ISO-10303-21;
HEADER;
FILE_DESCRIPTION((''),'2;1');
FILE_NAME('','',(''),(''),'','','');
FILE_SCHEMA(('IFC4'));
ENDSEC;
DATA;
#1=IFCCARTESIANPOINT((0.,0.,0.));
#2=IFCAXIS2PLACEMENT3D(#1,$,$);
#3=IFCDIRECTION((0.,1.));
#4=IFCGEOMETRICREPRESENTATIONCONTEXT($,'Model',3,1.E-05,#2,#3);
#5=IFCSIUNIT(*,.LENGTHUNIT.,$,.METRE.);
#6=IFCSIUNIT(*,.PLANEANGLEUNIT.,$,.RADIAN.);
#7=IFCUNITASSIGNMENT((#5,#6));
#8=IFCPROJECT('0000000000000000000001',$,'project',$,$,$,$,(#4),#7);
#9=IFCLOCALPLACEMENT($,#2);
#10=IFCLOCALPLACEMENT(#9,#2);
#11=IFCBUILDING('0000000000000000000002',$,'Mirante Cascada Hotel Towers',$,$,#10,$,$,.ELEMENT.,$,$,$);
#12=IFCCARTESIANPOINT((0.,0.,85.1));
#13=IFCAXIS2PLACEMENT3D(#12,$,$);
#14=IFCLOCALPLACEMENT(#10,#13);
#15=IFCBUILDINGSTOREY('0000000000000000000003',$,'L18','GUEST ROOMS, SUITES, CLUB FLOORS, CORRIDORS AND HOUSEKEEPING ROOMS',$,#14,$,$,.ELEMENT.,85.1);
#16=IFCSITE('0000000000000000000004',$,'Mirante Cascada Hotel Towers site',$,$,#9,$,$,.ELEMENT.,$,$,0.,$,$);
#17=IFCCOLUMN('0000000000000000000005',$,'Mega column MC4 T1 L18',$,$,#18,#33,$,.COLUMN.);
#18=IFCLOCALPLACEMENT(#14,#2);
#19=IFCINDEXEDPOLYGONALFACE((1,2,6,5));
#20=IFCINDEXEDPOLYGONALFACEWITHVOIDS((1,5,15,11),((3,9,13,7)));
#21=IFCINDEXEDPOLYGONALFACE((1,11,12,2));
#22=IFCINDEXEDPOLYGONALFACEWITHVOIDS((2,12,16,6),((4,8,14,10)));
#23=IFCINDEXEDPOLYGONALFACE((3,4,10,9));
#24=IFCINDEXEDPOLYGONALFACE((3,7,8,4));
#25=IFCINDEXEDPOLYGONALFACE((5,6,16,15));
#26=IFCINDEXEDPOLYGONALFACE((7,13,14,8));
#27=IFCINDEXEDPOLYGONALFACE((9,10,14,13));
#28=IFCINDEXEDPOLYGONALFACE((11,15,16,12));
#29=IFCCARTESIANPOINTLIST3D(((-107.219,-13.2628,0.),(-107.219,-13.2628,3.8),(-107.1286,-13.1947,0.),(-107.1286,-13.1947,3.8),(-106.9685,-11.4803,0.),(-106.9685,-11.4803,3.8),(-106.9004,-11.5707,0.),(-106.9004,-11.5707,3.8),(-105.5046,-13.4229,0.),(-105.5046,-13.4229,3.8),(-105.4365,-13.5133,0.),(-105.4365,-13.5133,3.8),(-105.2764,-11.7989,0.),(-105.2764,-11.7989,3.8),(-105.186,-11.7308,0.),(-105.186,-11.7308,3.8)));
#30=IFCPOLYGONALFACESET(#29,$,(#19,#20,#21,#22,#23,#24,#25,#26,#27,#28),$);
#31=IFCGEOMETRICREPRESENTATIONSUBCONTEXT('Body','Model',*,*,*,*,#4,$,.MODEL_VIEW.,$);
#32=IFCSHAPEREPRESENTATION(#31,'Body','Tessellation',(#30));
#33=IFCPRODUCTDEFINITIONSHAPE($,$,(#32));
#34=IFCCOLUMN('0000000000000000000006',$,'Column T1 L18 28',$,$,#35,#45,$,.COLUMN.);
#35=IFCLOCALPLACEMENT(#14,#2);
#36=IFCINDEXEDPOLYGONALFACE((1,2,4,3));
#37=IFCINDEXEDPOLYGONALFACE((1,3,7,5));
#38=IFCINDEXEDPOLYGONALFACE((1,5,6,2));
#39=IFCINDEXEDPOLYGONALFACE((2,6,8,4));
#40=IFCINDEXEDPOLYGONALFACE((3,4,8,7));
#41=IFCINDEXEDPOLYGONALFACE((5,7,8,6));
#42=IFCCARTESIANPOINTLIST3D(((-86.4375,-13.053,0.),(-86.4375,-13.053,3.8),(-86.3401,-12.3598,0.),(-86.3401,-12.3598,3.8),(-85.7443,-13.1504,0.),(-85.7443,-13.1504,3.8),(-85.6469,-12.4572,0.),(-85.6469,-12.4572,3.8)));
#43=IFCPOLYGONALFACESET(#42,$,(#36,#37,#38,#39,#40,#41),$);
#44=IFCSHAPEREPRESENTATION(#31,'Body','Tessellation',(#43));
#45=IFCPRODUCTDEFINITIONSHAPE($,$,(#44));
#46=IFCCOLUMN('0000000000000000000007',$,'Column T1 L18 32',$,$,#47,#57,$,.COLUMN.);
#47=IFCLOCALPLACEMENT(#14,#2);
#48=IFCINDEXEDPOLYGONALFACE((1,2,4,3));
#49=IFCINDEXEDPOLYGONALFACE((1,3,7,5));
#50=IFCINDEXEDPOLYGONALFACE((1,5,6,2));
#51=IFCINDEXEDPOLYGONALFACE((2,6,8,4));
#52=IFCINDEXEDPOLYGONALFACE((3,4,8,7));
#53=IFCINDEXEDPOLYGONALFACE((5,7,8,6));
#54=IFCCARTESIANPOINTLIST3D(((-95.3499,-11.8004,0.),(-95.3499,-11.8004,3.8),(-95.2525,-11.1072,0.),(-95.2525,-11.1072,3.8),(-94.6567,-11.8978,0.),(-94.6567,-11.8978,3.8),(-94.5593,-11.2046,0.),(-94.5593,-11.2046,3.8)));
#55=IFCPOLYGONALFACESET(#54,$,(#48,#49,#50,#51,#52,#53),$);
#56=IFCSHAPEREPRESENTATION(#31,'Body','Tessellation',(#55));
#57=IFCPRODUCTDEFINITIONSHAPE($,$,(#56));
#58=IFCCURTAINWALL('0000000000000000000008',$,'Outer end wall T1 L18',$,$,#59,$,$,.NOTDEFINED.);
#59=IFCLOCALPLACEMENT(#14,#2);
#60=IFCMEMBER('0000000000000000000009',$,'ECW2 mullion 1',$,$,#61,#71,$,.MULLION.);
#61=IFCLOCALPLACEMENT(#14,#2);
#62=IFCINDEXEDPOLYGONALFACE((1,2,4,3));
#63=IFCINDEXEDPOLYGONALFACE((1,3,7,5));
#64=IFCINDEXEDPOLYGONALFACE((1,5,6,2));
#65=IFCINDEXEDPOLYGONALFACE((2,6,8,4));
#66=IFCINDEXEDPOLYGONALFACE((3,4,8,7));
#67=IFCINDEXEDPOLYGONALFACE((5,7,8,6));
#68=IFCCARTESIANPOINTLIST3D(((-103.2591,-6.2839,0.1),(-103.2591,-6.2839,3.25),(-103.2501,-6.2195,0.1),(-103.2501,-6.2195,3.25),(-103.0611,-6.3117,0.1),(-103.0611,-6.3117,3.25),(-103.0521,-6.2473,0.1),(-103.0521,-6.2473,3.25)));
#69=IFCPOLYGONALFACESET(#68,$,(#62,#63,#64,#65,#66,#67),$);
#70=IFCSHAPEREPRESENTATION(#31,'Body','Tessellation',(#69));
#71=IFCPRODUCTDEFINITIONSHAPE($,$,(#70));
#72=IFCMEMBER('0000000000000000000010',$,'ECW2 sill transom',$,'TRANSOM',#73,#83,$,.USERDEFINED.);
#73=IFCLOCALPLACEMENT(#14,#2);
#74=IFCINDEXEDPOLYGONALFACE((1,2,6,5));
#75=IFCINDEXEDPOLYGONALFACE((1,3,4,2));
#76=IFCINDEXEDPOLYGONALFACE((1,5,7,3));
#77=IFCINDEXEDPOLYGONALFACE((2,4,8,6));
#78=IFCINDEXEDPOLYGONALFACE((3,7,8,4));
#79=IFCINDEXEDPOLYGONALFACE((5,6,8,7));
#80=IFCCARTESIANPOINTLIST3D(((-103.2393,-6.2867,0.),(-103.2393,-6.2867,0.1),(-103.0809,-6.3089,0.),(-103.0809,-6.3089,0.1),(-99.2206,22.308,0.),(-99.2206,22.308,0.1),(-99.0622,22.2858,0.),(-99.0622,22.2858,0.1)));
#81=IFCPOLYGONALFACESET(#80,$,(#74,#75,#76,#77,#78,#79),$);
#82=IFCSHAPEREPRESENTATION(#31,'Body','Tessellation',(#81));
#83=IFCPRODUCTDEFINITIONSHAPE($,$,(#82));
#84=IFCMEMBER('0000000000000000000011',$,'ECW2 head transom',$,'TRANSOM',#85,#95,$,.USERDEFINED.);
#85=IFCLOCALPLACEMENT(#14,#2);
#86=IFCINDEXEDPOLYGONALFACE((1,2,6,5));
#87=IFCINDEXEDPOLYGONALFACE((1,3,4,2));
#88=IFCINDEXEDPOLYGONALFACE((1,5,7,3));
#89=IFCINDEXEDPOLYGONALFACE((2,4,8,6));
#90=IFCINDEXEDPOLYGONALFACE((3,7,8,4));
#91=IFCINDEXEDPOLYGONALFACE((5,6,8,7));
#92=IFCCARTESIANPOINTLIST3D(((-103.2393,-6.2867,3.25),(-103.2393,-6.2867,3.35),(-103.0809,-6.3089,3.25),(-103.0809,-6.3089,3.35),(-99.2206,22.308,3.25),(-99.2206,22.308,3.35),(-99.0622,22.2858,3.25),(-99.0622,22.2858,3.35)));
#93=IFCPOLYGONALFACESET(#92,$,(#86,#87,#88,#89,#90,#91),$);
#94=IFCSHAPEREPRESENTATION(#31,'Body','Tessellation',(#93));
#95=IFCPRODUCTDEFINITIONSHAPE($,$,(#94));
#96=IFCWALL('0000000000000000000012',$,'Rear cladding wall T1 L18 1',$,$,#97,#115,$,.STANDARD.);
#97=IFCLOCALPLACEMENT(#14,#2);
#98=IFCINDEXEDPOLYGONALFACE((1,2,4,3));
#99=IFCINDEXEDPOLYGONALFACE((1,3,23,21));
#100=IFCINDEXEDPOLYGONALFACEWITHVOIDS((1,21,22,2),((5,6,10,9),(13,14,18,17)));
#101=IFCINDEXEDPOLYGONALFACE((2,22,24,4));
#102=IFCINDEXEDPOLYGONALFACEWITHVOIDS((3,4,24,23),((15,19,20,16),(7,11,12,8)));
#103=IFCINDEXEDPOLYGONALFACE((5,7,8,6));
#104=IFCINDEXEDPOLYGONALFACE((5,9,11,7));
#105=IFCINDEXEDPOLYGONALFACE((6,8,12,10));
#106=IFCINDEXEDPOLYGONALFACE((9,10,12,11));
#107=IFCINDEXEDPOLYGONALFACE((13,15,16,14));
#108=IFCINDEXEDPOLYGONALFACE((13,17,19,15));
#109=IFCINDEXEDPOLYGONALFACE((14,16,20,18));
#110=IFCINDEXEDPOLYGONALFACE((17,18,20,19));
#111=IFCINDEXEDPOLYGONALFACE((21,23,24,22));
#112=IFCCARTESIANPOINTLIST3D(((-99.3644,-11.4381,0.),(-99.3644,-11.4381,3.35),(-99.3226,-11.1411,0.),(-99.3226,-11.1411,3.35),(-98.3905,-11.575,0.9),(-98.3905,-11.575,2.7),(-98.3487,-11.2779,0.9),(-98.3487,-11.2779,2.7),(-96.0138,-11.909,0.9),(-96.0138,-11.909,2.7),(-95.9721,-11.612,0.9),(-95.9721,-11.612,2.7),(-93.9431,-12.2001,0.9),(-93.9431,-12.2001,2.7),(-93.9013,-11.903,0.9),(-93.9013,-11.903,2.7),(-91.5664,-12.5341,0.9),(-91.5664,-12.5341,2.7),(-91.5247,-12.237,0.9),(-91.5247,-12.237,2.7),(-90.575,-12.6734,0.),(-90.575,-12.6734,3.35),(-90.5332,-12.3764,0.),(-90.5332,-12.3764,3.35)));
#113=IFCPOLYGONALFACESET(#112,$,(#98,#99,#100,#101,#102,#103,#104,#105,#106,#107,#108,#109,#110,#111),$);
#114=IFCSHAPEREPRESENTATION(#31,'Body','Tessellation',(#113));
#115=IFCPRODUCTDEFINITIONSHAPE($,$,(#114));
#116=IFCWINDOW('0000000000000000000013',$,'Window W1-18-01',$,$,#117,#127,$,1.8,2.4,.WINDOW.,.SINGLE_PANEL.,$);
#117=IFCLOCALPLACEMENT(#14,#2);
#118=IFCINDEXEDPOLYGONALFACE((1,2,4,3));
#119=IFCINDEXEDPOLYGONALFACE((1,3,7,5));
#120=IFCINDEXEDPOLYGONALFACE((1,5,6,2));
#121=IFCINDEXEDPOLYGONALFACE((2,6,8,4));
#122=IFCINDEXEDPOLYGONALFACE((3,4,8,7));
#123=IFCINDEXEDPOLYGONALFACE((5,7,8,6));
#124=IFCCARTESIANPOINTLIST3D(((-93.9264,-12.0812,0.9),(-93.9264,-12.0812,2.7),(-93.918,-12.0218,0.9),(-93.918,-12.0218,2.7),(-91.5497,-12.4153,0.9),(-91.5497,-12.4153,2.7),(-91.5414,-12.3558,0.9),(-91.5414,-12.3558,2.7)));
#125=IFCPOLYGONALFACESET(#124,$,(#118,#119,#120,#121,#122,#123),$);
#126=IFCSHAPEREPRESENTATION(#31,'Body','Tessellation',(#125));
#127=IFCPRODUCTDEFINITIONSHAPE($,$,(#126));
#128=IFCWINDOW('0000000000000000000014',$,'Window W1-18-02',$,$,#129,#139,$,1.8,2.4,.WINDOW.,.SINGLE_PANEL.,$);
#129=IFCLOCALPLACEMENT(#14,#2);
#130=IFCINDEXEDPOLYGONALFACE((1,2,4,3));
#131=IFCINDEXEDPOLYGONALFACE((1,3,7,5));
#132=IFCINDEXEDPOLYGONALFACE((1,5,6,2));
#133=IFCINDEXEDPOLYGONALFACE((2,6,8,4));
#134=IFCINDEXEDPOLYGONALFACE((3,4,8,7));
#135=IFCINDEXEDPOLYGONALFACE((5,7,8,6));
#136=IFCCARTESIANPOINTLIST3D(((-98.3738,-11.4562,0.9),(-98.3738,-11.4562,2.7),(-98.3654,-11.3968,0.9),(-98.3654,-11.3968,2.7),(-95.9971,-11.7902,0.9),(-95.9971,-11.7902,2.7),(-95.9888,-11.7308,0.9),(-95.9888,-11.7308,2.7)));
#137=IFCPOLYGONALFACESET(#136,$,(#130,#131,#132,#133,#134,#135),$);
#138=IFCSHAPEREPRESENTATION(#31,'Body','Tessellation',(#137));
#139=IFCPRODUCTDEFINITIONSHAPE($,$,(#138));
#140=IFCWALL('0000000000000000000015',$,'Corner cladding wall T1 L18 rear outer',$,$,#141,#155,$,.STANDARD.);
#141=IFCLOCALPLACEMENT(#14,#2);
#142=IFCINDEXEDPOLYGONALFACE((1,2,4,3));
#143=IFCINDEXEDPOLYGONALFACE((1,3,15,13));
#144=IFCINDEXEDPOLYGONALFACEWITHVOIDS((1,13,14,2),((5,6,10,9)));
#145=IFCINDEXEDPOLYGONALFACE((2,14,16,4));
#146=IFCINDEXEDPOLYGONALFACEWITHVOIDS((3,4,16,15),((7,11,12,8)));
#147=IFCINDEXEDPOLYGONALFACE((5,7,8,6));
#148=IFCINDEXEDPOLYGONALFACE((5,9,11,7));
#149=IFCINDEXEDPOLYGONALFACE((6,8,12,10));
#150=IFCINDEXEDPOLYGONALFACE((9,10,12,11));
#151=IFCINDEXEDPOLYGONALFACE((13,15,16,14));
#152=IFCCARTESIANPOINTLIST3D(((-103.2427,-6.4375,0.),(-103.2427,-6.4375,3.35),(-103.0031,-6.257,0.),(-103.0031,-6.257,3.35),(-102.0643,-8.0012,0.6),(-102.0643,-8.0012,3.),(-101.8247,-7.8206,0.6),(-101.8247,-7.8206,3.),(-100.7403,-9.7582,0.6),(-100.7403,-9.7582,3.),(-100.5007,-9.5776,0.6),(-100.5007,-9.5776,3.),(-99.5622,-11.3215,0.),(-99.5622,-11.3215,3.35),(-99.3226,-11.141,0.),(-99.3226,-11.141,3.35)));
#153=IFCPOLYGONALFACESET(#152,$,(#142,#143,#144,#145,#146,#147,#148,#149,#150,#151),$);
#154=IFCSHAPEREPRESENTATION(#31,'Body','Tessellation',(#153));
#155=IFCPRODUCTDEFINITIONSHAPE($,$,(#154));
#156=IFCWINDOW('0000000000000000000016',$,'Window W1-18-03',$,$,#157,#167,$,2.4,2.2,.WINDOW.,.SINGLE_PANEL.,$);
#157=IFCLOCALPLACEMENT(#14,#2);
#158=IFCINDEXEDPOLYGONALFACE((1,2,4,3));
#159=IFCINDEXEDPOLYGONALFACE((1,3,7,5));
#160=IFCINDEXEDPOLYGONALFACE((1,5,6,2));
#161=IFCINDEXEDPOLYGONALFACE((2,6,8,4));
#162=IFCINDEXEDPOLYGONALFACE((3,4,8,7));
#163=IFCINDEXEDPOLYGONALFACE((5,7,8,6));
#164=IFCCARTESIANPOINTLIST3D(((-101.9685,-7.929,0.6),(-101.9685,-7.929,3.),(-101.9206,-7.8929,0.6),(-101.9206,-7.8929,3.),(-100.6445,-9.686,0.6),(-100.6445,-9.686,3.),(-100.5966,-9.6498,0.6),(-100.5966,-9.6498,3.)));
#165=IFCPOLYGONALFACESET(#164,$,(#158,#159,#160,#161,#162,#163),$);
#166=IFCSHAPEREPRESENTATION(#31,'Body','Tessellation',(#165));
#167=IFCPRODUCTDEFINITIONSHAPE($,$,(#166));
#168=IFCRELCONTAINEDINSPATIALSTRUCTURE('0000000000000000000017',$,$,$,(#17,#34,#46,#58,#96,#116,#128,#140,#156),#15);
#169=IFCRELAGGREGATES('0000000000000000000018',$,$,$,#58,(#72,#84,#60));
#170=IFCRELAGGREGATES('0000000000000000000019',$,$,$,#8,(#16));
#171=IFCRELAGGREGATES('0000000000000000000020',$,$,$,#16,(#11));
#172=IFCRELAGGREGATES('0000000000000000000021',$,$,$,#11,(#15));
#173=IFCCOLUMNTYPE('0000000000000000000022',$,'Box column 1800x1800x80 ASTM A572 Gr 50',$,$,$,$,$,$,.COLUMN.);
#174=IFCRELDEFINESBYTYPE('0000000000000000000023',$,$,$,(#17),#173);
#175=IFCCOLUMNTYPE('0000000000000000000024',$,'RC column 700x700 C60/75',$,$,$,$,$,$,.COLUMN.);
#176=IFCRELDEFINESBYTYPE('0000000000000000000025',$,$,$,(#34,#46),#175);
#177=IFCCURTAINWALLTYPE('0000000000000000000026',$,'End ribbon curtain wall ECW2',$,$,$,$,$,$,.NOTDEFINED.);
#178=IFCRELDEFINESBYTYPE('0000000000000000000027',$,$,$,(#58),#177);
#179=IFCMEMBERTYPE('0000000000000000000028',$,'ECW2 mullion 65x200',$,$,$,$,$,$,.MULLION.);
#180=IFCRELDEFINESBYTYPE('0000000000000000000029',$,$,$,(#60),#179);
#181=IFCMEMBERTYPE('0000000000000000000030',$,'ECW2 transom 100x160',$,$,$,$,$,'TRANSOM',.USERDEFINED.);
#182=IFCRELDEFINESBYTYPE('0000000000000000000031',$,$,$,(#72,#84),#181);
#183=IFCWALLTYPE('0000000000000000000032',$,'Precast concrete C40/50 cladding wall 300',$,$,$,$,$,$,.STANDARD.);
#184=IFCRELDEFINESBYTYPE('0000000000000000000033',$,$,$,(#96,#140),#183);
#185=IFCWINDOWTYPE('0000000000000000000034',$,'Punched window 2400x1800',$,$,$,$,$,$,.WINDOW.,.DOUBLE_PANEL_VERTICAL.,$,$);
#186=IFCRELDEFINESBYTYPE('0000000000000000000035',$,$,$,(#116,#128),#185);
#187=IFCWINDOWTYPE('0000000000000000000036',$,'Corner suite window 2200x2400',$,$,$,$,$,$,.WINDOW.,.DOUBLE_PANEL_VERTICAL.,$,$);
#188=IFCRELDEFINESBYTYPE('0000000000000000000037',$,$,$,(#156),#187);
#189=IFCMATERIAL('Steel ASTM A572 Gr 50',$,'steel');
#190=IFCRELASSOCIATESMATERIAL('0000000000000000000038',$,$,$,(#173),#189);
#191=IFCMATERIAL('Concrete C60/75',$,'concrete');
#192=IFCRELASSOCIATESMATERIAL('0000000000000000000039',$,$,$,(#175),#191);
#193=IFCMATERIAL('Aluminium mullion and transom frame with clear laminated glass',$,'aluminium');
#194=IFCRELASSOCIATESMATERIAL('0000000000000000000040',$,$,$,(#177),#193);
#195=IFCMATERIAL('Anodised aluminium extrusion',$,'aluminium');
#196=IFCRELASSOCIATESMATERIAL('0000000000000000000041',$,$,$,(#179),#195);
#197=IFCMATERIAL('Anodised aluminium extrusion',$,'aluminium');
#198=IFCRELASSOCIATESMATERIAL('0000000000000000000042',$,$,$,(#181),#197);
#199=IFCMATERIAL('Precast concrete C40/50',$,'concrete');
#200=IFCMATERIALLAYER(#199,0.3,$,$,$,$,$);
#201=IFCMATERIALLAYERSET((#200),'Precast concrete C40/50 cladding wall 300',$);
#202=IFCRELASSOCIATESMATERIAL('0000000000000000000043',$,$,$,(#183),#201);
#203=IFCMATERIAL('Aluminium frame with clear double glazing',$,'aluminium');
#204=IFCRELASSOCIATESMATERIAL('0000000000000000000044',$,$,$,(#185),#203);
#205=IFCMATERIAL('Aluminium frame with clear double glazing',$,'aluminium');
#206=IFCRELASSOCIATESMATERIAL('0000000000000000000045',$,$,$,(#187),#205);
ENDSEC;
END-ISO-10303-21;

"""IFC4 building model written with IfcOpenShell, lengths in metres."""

from ifc_helpers import new_model, si_unit, direction, frame, frame_2d, origin, origin_2d, place, context, subcontext, project, spatial, rectangle, hollow_rectangle, extrude, material, layer, layer_set, material_profile, profile_set, type_object, element, fill, aggregate, save


model = new_model("IFC4")

# Units and contexts
model_context = context("Model", 3, precision=1e-05, world=origin(), true_north=direction((0.0, 1.0)))
body_context = subcontext(model_context, "Body", "Model", "MODEL_VIEW")
ifc_project = project(units=[si_unit("LENGTHUNIT", "METRE"), si_unit("PLANEANGLEUNIT", "RADIAN")], contexts=[model_context])

# Site, building, storey
site_placement = place(None, origin())
site = spatial("IfcSite", under=ifc_project, at=site_placement, Name="Mirante Cascada Hotel Towers site", CompositionType="ELEMENT", RefElevation=0.0)
building_placement = place(site_placement, origin())
building = spatial("IfcBuilding", under=site, at=building_placement, Name="Mirante Cascada Hotel Towers", CompositionType="ELEMENT")
storey_placement = place(building_placement, frame((0.0, 0.0, 85.1)))
storey = spatial("IfcBuildingStorey", under=building, at=storey_placement, Name="L18", Description="GUEST ROOMS, SUITES, CLUB FLOORS, CORRIDORS AND HOUSEKEEPING ROOMS", CompositionType="ELEMENT", Elevation=85.1)

# Columns
ifc_material_1 = material(Name="Steel ASTM A572 Gr 50", Category="steel")
ifc_material_profile_1 = material_profile(ifc_material_1, hollow_rectangle(XDim=1.8, YDim=1.8, WallThickness=0.08, at=origin_2d()), Name="Box column 1800x1800x80 ASTM A572 Gr 50")
ifc_profile_set_1 = profile_set([ifc_material_profile_1], Name="Steel ASTM A572 Gr 50")
column_type_1 = type_object("IfcColumnType", Name="Box column 1800x1800x80 ASTM A572 Gr 50", PredefinedType="COLUMN", material=ifc_profile_set_1)
column_placement = place(storey_placement, frame((-106.2025, -12.4968, 0.0), z_axis=(0.0, 0.0, 1.0), x_axis=(-0.990268, 0.139173, 0.0)))
element("IfcColumn", 1, at=column_placement, inside=storey, type_object=column_type_1, Name="Mega column MC4 T1 L18", PredefinedType="COLUMN", context=body_context, shape_type="SweptSolid", body=[
    extrude(hollow_rectangle(XDim=1.8, YDim=1.8, WallThickness=0.08, at=origin_2d()), origin(), (0.0, 0.0, 1.0), 3.8),
])
ifc_material_2 = material(Name="Concrete C60/75", Category="concrete")
ifc_material_profile_2 = material_profile(ifc_material_2, rectangle(XDim=0.7, YDim=0.7, at=origin_2d()), Name="RC column 700x700 C60/75")
ifc_profile_set_2 = profile_set([ifc_material_profile_2], Name="Concrete C60/75")
column_type_2 = type_object("IfcColumnType", Name="RC column 700x700 C60/75", PredefinedType="COLUMN", material=ifc_profile_set_2)
for number, where, z_axis, x_axis, name in (
    (2, (-86.0422, -12.7551, 0.0), (0.0, 0.0, 1.0), (-0.990268, 0.139173, 0.0), "Column T1 L18 28"),
    (3, (-94.9546, -11.5025, 0.0), (0.0, 0.0, 1.0), (-0.990268, 0.139173, 0.0), "Column T1 L18 32"),
):
    element("IfcColumn", number, at=place(storey_placement, frame(where, z_axis=z_axis, x_axis=x_axis)), inside=storey, type_object=column_type_2, Name=name, PredefinedType="COLUMN", context=body_context, shape_type="SweptSolid", body=[
        extrude(rectangle(XDim=0.7, YDim=0.7, at=origin_2d()), origin(), (0.0, 0.0, 1.0), 3.8),
    ])

# Curtain wall, members
ifc_material_3 = material(Name="Aluminium mullion and transom frame with clear laminated glass", Category="aluminium")
curtain_wall_type = type_object("IfcCurtainWallType", Name="End ribbon curtain wall ECW2", PredefinedType="NOTDEFINED", material=ifc_material_3)
curtain_wall_placement = place(storey_placement, origin())
curtain_wall = element("IfcCurtainWall", 4, at=curtain_wall_placement, inside=storey, type_object=curtain_wall_type, Name="Outer end wall T1 L18", PredefinedType="NOTDEFINED")
ifc_material_4 = material(Name="Anodised aluminium extrusion", Category="aluminium")
ifc_material_profile_3 = material_profile(ifc_material_4, rectangle(XDim=0.2, YDim=0.065, at=origin_2d()), Name="ECW2 MULLION 65x200")
ifc_profile_set_3 = profile_set([ifc_material_profile_3], Name="Anodised aluminium extrusion")
member_type_1 = type_object("IfcMemberType", Name="ECW2 mullion 65x200", PredefinedType="MULLION", material=ifc_profile_set_3)
member_1_placement = place(storey_placement, frame((-103.1556, -6.2656, 0.1), z_axis=(0.0, 0.0, 1.0), x_axis=(-0.990268, 0.139173, 0.0)))
member_1 = element("IfcMember", 5, at=member_1_placement, type_object=member_type_1, Name="ECW2 mullion 1", PredefinedType="MULLION", context=body_context, shape_type="SweptSolid", body=[
    extrude(rectangle(XDim=0.2, YDim=0.065, at=origin_2d()), origin(), (0.0, 0.0, 1.0), 3.15),
])
ifc_material_5 = material(Name="Anodised aluminium extrusion", Category="aluminium")
ifc_material_profile_4 = material_profile(ifc_material_5, rectangle(XDim=0.16, YDim=0.1, at=origin_2d()), Name="ECW2 TRANSOM 100x160")
ifc_profile_set_4 = profile_set([ifc_material_profile_4], Name="Anodised aluminium extrusion")
member_type_2 = type_object("IfcMemberType", Name="ECW2 transom 100x160", ElementType="TRANSOM", PredefinedType="USERDEFINED", material=ifc_profile_set_4)
member_2_placement = place(storey_placement, frame((-103.1601, -6.2978, 0.05), z_axis=(0.139172, 0.990268, 0.0), x_axis=(-0.990268, 0.139172, 0.0)))
member_2 = element("IfcMember", 6, at=member_2_placement, type_object=member_type_2, Name="ECW2 sill transom", ObjectType="TRANSOM", PredefinedType="USERDEFINED", context=body_context, shape_type="SweptSolid", body=[
    extrude(rectangle(XDim=0.16, YDim=0.1, at=origin_2d()), origin(), (0.0, 0.0, 1.0), 28.8757),
])
member_3_placement = place(storey_placement, frame((-103.1601, -6.2978, 3.3), z_axis=(0.139172, 0.990268, 0.0), x_axis=(-0.990268, 0.139172, 0.0)))
member_3 = element("IfcMember", 7, at=member_3_placement, type_object=member_type_2, Name="ECW2 head transom", ObjectType="TRANSOM", PredefinedType="USERDEFINED", context=body_context, shape_type="SweptSolid", body=[
    extrude(rectangle(XDim=0.16, YDim=0.1, at=origin_2d()), origin(), (0.0, 0.0, 1.0), 28.8757),
])
aggregate(curtain_wall, [member_2, member_3, member_1])

# Wall, openings, windows
ifc_material_6 = material(Name="Precast concrete C40/50", Category="concrete")
ifc_layer_1 = layer(ifc_material_6, 0.3)
ifc_layer_set_1 = layer_set([ifc_layer_1], Name="Precast concrete C40/50 cladding wall 300")
wall_type_1 = type_object("IfcWallType", Name="Precast concrete C40/50 cladding wall 300", PredefinedType="STANDARD", material=ifc_layer_set_1)
wall_1_placement = place(storey_placement, frame((-90.5541, -12.5249, 0.0), z_axis=(0.0, 0.0, 1.0), x_axis=(-0.990268, 0.139177, 0.0)))
wall_1 = element("IfcWall", 8, at=wall_1_placement, inside=storey, type_object=wall_type_1, Name="Rear cladding wall T1 L18 1", PredefinedType="STANDARD", context=body_context, shape_type="SweptSolid", body=[
    extrude(rectangle(XDim=8.8758, YDim=0.3, at=frame_2d((4.4379, 0.0))), origin(), (0.0, 0.0, 1.0), 3.35),
])
opening_1_placement = place(wall_1_placement, frame((1.0012, 0.0, 0.9)))
opening_1 = element("IfcOpeningElement", 9, at=opening_1_placement, cuts=wall_1, PredefinedType="OPENING", context=body_context, shape_type="SweptSolid", body=[
    extrude(rectangle(XDim=2.4, YDim=1.8, at=frame_2d((1.2, 0.9))), frame((0.0, 0.15, 0.0), z_axis=(0.0, -1.0, 0.0), x_axis=(1.0, 0.0, 0.0)), (0.0, 0.0, 1.0), 0.3),
])
opening_2_placement = place(wall_1_placement, frame((5.4923, 0.0, 0.9)))
opening_2 = element("IfcOpeningElement", 10, at=opening_2_placement, cuts=wall_1, PredefinedType="OPENING", context=body_context, shape_type="SweptSolid", body=[
    extrude(rectangle(XDim=2.4, YDim=1.8, at=frame_2d((1.2, 0.9))), frame((0.0, 0.15, 0.0), z_axis=(0.0, -1.0, 0.0), x_axis=(1.0, 0.0, 0.0)), (0.0, 0.0, 1.0), 0.3),
])
ifc_material_7 = material(Name="Aluminium frame with clear double glazing", Category="aluminium")
window_type_1 = type_object("IfcWindowType", Name="Punched window 2400x1800", PartitioningType="DOUBLE_PANEL_VERTICAL", PredefinedType="WINDOW", material=ifc_material_7)
window_1_placement = place(opening_1_placement, origin())
window_1 = element("IfcWindow", 11, at=window_1_placement, inside=storey, type_object=window_type_1, Name="Window W1-18-01", OverallHeight=1.8, OverallWidth=2.4, PartitioningType="SINGLE_PANEL", PredefinedType="WINDOW", context=body_context, shape_type="SweptSolid", body=[
    extrude(rectangle(XDim=2.4, YDim=1.8, at=frame_2d((1.2, 0.9))), frame((0.0, 0.03, 0.0), z_axis=(0.0, -1.0, 0.0), x_axis=(1.0, 0.0, 0.0)), (0.0, 0.0, 1.0), 0.06),
])
fill(opening_1, window_1)
window_2_placement = place(opening_2_placement, origin())
window_2 = element("IfcWindow", 12, at=window_2_placement, inside=storey, type_object=window_type_1, Name="Window W1-18-02", OverallHeight=1.8, OverallWidth=2.4, PartitioningType="SINGLE_PANEL", PredefinedType="WINDOW", context=body_context, shape_type="SweptSolid", body=[
    extrude(rectangle(XDim=2.4, YDim=1.8, at=frame_2d((1.2, 0.9))), frame((0.0, 0.03, 0.0), z_axis=(0.0, -1.0, 0.0), x_axis=(1.0, 0.0, 0.0)), (0.0, 0.0, 1.0), 0.06),
])
fill(opening_2, window_2)

# Wall, opening, window
wall_2_placement = place(storey_placement, frame((-99.4424, -11.2313, 0.0), z_axis=(0.0, 0.0, 1.0), x_axis=(-0.601819, 0.798632, 0.0)))
wall_2 = element("IfcWall", 13, at=wall_2_placement, inside=storey, type_object=wall_type_1, Name="Corner cladding wall T1 L18 rear outer", PredefinedType="STANDARD", context=body_context, shape_type="SweptSolid", body=[
    extrude(rectangle(XDim=6.1155, YDim=0.3, at=frame_2d((3.0578, 0.0))), origin(), (0.0, 0.0, 1.0), 3.35),
])
opening_3_placement = place(wall_2_placement, frame((1.9576, 0.0, 0.6)))
opening_3 = element("IfcOpeningElement", 14, at=opening_3_placement, cuts=wall_2, PredefinedType="OPENING", context=body_context, shape_type="SweptSolid", body=[
    extrude(rectangle(XDim=2.2, YDim=2.4, at=frame_2d((1.1, 1.2))), frame((0.0, 0.15, 0.0), z_axis=(0.0, -1.0, 0.0), x_axis=(1.0, 0.0, 0.0)), (0.0, 0.0, 1.0), 0.3),
])
ifc_material_8 = material(Name="Aluminium frame with clear double glazing", Category="aluminium")
window_type_2 = type_object("IfcWindowType", Name="Corner suite window 2200x2400", PartitioningType="DOUBLE_PANEL_VERTICAL", PredefinedType="WINDOW", material=ifc_material_8)
window_3_placement = place(opening_3_placement, origin())
window_3 = element("IfcWindow", 15, at=window_3_placement, inside=storey, type_object=window_type_2, Name="Window W1-18-03", OverallHeight=2.4, OverallWidth=2.2, PartitioningType="SINGLE_PANEL", PredefinedType="WINDOW", context=body_context, shape_type="SweptSolid", body=[
    extrude(rectangle(XDim=2.2, YDim=2.4, at=frame_2d((1.1, 1.2))), frame((0.0, 0.03, 0.0), z_axis=(0.0, -1.0, 0.0), x_axis=(1.0, 0.0, 0.0)), (0.0, 0.0, 1.0), 0.06),
])
fill(opening_3, window_3)

save(model, "model.ifc")
